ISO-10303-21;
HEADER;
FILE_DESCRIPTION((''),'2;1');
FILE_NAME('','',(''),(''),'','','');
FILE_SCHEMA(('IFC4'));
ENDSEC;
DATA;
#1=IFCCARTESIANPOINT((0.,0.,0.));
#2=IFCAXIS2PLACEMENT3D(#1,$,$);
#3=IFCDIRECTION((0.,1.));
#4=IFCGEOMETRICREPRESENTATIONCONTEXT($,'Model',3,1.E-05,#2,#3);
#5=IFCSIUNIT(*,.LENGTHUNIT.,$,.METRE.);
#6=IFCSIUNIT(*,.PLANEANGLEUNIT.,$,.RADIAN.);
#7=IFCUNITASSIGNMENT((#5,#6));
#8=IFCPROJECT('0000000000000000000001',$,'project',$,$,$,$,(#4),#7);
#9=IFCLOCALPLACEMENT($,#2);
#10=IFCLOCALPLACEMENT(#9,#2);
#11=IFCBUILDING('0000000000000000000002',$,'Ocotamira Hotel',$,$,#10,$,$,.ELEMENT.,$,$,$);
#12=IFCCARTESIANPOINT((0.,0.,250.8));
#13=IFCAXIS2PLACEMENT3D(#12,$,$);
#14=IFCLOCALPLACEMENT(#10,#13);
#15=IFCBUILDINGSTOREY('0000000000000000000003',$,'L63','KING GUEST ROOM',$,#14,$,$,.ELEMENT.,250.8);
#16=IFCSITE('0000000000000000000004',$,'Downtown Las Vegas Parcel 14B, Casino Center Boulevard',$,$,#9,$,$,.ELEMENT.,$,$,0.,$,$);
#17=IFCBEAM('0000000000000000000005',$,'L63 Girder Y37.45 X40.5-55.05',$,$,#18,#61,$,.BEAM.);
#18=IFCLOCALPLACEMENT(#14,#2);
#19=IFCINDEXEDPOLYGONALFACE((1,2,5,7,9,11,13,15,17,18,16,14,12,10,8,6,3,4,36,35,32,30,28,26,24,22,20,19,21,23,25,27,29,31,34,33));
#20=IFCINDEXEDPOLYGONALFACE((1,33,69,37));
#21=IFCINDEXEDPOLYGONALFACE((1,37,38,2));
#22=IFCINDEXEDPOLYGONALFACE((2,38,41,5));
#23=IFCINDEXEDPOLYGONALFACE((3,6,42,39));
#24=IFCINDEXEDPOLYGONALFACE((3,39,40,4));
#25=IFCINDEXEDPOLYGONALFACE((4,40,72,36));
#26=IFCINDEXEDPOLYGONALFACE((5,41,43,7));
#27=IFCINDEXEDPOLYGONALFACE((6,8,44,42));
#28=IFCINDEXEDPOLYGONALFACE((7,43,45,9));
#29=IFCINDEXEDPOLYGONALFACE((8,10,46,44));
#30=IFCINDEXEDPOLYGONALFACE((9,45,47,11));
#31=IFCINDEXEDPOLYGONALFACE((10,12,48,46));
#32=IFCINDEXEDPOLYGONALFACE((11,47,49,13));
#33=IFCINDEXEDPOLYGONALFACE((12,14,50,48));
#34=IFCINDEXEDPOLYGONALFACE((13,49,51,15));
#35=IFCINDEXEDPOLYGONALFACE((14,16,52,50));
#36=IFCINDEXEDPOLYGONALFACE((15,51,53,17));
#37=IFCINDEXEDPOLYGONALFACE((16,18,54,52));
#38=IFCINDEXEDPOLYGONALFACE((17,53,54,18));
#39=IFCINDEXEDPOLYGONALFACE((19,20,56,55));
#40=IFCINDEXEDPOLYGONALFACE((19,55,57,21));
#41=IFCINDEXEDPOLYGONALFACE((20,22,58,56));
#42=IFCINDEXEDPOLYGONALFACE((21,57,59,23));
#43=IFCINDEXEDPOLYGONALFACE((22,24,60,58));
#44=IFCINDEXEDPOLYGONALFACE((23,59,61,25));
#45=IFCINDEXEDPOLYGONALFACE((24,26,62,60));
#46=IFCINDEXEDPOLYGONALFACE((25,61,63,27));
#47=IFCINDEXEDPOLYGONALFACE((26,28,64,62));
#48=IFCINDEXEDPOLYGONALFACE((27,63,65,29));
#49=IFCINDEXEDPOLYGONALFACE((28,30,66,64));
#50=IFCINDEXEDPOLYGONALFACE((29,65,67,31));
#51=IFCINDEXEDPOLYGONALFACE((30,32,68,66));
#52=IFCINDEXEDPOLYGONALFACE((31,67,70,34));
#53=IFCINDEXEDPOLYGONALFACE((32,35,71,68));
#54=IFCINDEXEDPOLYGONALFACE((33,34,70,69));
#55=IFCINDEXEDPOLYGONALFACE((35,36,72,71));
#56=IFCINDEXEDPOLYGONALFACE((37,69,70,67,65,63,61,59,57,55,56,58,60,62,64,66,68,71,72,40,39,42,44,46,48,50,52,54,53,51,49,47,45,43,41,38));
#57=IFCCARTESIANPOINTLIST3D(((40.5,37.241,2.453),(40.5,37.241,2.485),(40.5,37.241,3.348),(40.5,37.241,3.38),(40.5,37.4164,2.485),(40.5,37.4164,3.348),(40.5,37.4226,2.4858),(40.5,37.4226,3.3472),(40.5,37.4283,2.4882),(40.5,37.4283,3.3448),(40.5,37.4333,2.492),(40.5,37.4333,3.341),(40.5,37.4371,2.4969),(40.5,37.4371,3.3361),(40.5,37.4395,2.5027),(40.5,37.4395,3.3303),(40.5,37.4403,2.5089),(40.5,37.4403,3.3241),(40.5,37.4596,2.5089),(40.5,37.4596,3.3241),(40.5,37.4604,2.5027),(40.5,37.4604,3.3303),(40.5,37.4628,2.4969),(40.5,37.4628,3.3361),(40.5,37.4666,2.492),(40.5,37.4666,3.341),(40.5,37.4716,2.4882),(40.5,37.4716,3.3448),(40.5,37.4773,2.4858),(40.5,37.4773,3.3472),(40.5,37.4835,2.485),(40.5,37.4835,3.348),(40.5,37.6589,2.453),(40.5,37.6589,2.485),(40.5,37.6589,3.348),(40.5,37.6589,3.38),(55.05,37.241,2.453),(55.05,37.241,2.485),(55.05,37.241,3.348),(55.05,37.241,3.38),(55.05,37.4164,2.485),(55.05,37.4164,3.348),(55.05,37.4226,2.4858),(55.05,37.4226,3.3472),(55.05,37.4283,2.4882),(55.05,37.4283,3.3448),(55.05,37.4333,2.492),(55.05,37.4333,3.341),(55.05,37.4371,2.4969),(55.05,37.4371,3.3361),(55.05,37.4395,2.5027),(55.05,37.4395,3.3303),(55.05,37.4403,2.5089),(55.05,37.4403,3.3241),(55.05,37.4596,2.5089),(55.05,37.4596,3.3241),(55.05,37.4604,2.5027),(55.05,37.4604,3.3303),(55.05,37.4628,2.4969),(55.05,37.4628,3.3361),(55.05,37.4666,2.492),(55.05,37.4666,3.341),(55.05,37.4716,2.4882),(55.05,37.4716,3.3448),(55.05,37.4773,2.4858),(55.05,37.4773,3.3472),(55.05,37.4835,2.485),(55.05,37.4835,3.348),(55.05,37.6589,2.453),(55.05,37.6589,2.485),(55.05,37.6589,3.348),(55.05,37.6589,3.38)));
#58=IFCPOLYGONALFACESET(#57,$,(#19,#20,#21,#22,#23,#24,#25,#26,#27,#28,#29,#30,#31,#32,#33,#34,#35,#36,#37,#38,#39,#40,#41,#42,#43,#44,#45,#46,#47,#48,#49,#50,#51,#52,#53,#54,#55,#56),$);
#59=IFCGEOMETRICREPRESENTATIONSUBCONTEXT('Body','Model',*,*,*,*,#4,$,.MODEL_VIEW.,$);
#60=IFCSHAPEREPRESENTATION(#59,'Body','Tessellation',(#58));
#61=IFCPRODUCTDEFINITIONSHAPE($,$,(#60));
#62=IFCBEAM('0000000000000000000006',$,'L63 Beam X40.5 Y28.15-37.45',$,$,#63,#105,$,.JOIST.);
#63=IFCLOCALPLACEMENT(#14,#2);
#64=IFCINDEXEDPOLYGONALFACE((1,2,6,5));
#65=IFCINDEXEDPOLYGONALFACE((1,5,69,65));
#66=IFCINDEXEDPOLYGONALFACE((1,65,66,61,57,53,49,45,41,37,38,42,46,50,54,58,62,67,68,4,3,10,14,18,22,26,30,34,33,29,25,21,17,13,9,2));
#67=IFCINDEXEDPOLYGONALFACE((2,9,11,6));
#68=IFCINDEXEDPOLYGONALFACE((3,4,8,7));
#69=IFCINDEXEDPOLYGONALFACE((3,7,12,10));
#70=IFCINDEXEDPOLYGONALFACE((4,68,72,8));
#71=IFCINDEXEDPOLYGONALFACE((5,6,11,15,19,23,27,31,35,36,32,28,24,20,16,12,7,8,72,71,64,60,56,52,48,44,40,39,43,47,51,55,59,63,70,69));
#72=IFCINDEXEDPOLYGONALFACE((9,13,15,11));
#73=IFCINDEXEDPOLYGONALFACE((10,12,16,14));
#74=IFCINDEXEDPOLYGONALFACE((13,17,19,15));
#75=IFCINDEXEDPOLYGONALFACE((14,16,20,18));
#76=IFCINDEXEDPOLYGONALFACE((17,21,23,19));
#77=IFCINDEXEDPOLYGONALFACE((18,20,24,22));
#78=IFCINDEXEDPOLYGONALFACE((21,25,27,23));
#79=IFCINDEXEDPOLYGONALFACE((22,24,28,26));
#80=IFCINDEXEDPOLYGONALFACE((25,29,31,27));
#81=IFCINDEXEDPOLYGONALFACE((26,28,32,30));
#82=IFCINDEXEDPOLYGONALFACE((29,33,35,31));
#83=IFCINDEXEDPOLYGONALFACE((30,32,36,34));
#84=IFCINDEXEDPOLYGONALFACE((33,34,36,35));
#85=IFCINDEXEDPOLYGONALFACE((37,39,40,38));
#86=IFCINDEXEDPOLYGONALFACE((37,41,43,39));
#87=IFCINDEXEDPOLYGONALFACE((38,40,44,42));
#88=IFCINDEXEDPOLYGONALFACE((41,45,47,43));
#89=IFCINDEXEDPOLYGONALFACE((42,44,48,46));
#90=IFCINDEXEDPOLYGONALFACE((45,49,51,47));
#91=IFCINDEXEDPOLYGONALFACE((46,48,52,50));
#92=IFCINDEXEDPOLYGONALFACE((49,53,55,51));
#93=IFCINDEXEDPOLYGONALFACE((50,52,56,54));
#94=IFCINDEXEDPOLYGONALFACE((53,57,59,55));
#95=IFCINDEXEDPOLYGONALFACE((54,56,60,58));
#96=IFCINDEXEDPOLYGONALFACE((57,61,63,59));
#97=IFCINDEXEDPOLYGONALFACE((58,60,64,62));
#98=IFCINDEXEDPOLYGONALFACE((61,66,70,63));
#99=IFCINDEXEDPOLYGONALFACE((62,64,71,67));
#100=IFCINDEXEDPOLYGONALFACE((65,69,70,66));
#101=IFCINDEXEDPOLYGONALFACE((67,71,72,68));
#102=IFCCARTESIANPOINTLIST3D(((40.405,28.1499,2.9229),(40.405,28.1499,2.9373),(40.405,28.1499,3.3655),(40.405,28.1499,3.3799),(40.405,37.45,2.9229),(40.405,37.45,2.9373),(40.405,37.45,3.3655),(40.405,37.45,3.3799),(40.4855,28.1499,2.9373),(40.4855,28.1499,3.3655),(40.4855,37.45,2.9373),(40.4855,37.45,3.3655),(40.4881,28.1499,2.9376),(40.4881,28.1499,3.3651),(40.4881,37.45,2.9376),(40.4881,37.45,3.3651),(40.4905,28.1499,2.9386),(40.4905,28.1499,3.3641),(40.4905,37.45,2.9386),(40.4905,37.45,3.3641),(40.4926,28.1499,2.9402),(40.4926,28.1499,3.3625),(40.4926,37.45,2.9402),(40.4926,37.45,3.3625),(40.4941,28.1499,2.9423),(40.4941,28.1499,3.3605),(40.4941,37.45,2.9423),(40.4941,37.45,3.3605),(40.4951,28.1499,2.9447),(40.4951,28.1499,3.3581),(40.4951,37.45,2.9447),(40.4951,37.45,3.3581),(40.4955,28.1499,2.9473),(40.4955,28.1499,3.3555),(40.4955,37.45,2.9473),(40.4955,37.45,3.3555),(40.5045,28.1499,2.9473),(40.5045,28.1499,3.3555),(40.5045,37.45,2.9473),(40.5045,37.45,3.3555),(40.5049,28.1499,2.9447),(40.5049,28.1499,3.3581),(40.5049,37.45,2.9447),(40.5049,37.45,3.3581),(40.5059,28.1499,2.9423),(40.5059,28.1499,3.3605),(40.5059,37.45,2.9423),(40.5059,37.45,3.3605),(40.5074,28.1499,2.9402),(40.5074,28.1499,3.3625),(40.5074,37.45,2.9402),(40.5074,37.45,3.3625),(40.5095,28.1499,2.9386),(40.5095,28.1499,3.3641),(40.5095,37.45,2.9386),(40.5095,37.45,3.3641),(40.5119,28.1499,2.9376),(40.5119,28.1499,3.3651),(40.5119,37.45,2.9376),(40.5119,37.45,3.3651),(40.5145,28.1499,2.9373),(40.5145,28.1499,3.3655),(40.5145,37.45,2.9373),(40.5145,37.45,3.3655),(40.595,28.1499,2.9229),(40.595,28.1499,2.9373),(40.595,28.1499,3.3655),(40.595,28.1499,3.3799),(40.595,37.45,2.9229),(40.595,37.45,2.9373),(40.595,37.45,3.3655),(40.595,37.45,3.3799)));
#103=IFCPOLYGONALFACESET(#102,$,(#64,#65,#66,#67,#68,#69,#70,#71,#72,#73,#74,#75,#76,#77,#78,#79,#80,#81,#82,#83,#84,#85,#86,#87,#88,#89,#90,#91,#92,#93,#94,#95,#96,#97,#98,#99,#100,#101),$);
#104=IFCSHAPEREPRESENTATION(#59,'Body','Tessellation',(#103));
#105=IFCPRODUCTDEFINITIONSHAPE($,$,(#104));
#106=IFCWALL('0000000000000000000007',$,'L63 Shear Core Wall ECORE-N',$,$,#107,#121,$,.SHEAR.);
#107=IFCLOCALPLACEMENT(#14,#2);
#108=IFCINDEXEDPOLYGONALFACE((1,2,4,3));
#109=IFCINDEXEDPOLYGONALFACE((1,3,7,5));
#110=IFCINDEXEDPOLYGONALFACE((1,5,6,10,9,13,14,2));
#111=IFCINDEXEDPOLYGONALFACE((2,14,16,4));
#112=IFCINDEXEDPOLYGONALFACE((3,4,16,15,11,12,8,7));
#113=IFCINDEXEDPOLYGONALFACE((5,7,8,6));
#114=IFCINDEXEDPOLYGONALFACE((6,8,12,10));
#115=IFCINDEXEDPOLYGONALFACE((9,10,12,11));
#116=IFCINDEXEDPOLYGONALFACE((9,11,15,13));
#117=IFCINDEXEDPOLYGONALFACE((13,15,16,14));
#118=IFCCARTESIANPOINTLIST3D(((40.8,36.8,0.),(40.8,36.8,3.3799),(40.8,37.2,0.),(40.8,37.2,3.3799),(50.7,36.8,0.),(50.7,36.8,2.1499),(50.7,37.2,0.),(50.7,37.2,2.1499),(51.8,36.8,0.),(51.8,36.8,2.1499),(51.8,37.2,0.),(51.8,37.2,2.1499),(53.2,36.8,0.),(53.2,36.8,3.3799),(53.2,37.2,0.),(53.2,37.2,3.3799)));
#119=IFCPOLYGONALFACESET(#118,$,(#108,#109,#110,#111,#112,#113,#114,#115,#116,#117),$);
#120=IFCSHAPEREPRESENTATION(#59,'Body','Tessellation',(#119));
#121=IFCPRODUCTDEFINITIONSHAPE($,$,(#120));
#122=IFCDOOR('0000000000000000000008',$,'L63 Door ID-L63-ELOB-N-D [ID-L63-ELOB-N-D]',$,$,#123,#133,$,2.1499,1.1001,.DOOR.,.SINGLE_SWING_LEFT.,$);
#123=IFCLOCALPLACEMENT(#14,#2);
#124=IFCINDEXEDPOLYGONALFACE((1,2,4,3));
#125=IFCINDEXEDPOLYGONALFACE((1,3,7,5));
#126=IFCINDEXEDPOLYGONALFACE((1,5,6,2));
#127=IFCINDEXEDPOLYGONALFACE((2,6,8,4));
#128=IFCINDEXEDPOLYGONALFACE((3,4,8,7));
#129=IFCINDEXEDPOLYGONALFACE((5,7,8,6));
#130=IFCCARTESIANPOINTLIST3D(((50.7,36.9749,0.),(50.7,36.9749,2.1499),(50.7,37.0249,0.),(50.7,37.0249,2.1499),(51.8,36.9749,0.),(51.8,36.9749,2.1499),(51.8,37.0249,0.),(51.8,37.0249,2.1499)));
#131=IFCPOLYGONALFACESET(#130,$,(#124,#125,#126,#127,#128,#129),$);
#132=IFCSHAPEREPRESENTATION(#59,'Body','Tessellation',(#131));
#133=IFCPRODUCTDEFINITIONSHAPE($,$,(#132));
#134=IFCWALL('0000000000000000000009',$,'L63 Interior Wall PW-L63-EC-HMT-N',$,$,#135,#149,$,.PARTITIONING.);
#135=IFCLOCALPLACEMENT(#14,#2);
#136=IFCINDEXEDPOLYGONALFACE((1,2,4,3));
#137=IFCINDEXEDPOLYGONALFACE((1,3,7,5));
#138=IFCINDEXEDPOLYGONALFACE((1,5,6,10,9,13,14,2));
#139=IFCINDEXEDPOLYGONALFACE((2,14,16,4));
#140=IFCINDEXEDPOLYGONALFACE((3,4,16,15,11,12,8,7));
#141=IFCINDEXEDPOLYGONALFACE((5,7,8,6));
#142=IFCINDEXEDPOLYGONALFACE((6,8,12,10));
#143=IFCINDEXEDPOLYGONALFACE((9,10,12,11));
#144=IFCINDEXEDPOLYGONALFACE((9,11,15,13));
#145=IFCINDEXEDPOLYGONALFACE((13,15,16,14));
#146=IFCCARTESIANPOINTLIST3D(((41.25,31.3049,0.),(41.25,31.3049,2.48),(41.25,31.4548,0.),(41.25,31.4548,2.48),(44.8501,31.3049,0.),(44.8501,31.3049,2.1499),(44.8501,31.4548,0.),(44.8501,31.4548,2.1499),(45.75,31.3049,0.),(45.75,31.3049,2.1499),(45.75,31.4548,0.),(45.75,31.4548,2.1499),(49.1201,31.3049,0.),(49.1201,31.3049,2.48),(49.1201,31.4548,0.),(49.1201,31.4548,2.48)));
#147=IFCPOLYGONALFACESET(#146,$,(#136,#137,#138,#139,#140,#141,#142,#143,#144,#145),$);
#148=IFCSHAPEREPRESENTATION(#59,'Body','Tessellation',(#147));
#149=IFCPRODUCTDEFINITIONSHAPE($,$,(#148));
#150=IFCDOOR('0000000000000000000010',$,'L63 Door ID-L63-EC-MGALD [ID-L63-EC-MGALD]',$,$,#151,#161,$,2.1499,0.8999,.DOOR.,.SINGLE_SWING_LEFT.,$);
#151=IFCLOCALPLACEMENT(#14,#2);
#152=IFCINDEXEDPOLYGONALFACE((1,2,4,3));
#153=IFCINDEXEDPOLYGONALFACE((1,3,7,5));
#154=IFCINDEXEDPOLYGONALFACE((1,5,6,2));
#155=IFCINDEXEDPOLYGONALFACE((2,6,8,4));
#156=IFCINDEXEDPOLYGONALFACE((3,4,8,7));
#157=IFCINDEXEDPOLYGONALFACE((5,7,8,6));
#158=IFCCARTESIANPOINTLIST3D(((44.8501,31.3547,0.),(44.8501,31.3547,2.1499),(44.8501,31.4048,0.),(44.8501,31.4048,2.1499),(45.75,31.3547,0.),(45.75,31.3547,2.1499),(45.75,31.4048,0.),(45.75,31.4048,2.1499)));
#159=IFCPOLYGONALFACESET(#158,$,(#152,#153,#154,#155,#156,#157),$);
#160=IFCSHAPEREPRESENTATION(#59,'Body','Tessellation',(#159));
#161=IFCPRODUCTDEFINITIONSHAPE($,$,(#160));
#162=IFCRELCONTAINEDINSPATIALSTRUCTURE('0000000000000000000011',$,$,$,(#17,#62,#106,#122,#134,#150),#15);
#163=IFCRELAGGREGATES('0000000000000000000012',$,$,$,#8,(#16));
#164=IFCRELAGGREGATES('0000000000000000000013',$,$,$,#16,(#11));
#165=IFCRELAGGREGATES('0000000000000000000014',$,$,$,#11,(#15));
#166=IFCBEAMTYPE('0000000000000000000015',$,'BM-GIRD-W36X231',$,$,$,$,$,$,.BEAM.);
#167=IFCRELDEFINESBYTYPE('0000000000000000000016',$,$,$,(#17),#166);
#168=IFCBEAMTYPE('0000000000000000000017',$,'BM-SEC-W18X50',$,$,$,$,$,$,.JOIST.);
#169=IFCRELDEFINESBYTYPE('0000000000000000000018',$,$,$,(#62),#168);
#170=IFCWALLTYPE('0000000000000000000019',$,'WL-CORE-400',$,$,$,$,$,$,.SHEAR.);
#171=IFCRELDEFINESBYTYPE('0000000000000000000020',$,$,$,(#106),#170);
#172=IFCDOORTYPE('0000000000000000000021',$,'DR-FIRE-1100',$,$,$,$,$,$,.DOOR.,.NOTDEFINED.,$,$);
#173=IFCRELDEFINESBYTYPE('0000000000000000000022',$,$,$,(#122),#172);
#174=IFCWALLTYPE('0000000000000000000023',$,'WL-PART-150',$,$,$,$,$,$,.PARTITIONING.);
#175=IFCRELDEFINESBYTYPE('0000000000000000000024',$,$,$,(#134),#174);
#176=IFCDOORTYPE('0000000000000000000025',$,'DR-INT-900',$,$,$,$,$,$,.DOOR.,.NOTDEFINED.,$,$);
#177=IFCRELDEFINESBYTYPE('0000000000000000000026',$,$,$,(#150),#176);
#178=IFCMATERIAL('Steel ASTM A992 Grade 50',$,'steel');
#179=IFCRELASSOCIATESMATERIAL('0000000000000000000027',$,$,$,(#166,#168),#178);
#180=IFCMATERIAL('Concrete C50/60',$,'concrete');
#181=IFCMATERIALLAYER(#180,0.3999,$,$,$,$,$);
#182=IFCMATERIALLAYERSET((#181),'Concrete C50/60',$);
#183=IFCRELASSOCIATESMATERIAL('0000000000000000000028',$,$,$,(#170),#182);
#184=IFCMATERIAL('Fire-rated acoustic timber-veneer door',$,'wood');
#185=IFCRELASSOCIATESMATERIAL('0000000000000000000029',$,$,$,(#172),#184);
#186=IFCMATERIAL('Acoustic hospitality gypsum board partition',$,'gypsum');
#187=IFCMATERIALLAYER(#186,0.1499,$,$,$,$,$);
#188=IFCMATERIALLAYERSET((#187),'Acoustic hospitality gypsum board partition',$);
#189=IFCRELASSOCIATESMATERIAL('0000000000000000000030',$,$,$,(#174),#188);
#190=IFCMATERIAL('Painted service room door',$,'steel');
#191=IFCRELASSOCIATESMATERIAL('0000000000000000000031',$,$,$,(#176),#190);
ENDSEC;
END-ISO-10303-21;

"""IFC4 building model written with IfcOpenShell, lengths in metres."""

from ifc_helpers import new_model, si_unit, direction, frame, frame_2d, origin, origin_2d, place, context, subcontext, project, spatial, rectangle, i_section, extrude, source, transform, mapped, material, layer, layer_set, material_profile, profile_set, type_object, element, fill, save


model = new_model("IFC4")

# Units and contexts
model_context = context("Model", 3, precision=1e-05, world=origin(), true_north=direction((0.0, 1.0)))
body_context = subcontext(model_context, "Body", "Model", "MODEL_VIEW")
ifc_project = project(units=[si_unit("LENGTHUNIT", "METRE"), si_unit("PLANEANGLEUNIT", "RADIAN")], contexts=[model_context])

# Site, building, storey
site_placement = place(None, origin())
site = spatial("IfcSite", under=ifc_project, at=site_placement, Name="Downtown Las Vegas Parcel 14B, Casino Center Boulevard", CompositionType="ELEMENT", RefElevation=0.0)
building_placement = place(site_placement, origin())
building = spatial("IfcBuilding", under=site, at=building_placement, Name="Ocotamira Hotel", CompositionType="ELEMENT")
storey_placement = place(building_placement, frame((0.0, 0.0, 250.8)))
storey = spatial("IfcBuildingStorey", under=building, at=storey_placement, Name="L63", Description="KING GUEST ROOM", CompositionType="ELEMENT", Elevation=250.8)

# Beams
ifc_material_1 = material(Name="Concrete C50/60", Category="concrete")
ifc_material_2 = material(Name="Steel ASTM A992 Grade 50", Category="steel")
ifc_material_profile_1 = material_profile(ifc_material_2, i_section(OverallWidth=0.418, OverallDepth=0.927, WebThickness=0.0193, FlangeThickness=0.032, FilletRadius=0.0239, at=origin_2d()), Name="W36X231")
ifc_profile_set_1 = profile_set([ifc_material_profile_1], Name="Steel ASTM A992 Grade 50")
beam_type_1 = type_object("IfcBeamType", Name="BM-GIRD-W36X231", PredefinedType="BEAM", material=ifc_profile_set_1)
shared_shape_1 = source(origin(), body_context, "Body", "SweptSolid", [
    extrude(i_section(OverallWidth=0.418, OverallDepth=0.927, WebThickness=0.0193, FlangeThickness=0.032, FilletRadius=0.0239, at=origin_2d()), origin(), (0.0, 0.0, 1.0), 14.55),
])
for number, where, z_axis, x_axis, name in (
    (1, (40.5, 37.45, 2.9165), (1.0, 0.0, 0.0), (0.0, 1.0, 0.0), "L63 Girder Y37.45 X40.5-55.05"),
):
    element("IfcBeam", number, at=place(storey_placement, frame(where, z_axis=z_axis, x_axis=x_axis)), inside=storey, type_object=beam_type_1, Name=name, PredefinedType="BEAM", context=body_context, shape_type="MappedRepresentation", body=[
        mapped(shared_shape_1, transform((0.0, 0.0, 0.0), scale=1.0)),
    ])
ifc_material_profile_2 = material_profile(ifc_material_2, i_section(OverallWidth=0.1899, OverallDepth=0.457, WebThickness=0.009, FlangeThickness=0.0144, FilletRadius=0.01, at=origin_2d()), Name="W18X50")
ifc_profile_set_2 = profile_set([ifc_material_profile_2], Name="Steel ASTM A992 Grade 50")
beam_type_2 = type_object("IfcBeamType", Name="BM-SEC-W18X50", PredefinedType="JOIST", material=ifc_profile_set_2)
shared_shape_2 = source(origin(), body_context, "Body", "SweptSolid", [
    extrude(i_section(OverallWidth=0.1899, OverallDepth=0.457, WebThickness=0.009, FlangeThickness=0.0144, FilletRadius=0.01, at=origin_2d()), origin(), (0.0, 0.0, 1.0), 9.3),
])
beam_1_placement = place(storey_placement, frame((40.5, 28.1499, 3.1514), z_axis=(0.0, 1.0, 0.0), x_axis=(-1.0, 0.0, 0.0)))
element("IfcBeam", 2, at=beam_1_placement, inside=storey, type_object=beam_type_2, Name="L63 Beam X40.5 Y28.15-37.45", PredefinedType="JOIST", context=body_context, shape_type="MappedRepresentation", body=[
    mapped(shared_shape_2, transform((0.0, 0.0, 0.0), scale=1.0)),
])

# Walls, openings, doors
ifc_layer_1 = layer(ifc_material_1, 0.3999)
ifc_layer_set_1 = layer_set([ifc_layer_1], Name="Concrete C50/60")
wall_type_1 = type_object("IfcWallType", Name="WL-CORE-400", PredefinedType="SHEAR", material=ifc_layer_set_1)
wall_1_placement = place(storey_placement, frame((40.8, 37.0, 0.0), z_axis=(0.0, 0.0, 1.0), x_axis=(1.0, 0.0, 0.0)))
wall_1 = element("IfcWall", 3, at=wall_1_placement, inside=storey, type_object=wall_type_1, Name="L63 Shear Core Wall ECORE-N", PredefinedType="SHEAR", context=body_context, shape_type="SweptSolid", body=[
    extrude(rectangle(XDim=12.3999, YDim=0.3999, at=frame_2d((6.2, 0.0))), origin(), (0.0, 0.0, 1.0), 3.3799),
])
opening_1_placement = place(wall_1_placement, frame((9.8999, 0.0, 0.0)))
opening_1 = element("IfcOpeningElement", 4, at=opening_1_placement, cuts=wall_1, PredefinedType="OPENING", context=body_context, shape_type="SweptSolid", body=[
    extrude(rectangle(XDim=1.1001, YDim=2.1499, at=frame_2d((0.55, 1.075))), frame((0.0, 0.21, 0.0), z_axis=(0.0, -1.0, 0.0), x_axis=(1.0, 0.0, 0.0)), (0.0, 0.0, 1.0), 0.4199),
])
ifc_material_3 = material(Name="Fire-rated acoustic timber-veneer door", Category="wood")
door_type_1 = type_object("IfcDoorType", Name="DR-FIRE-1100", OperationType="NOTDEFINED", PredefinedType="DOOR", material=ifc_material_3)
shared_shape_3 = source(origin(), body_context, "Body", "SweptSolid", [
    extrude(rectangle(XDim=1.1001, YDim=2.1499, at=frame_2d((0.55, 1.075))), frame((0.0, 0.0249, 0.0), z_axis=(0.0, -1.0, 0.0), x_axis=(1.0, 0.0, 0.0)), (0.0, 0.0, 1.0), 0.05),
])
door_1_placement = place(opening_1_placement, origin())
door_1 = element("IfcDoor", 5, at=door_1_placement, inside=storey, type_object=door_type_1, Name="L63 Door ID-L63-ELOB-N-D [ID-L63-ELOB-N-D]", OperationType="SINGLE_SWING_LEFT", OverallHeight=2.1499, OverallWidth=1.1001, PredefinedType="DOOR", context=body_context, shape_type="MappedRepresentation", body=[
    mapped(shared_shape_3, transform((0.0, 0.0, 0.0), scale=1.0)),
])
fill(opening_1, door_1)
ifc_material_4 = material(Name="Acoustic hospitality gypsum board partition", Category="gypsum")
ifc_layer_2 = layer(ifc_material_4, 0.1499)
ifc_layer_set_2 = layer_set([ifc_layer_2], Name="Acoustic hospitality gypsum board partition")
wall_type_2 = type_object("IfcWallType", Name="WL-PART-150", PredefinedType="PARTITIONING", material=ifc_layer_set_2)
wall_2_placement = place(storey_placement, frame((41.25, 31.3799, 0.0), z_axis=(0.0, 0.0, 1.0), x_axis=(1.0, 0.0, 0.0)))
wall_2 = element("IfcWall", 6, at=wall_2_placement, inside=storey, type_object=wall_type_2, Name="L63 Interior Wall PW-L63-EC-HMT-N", PredefinedType="PARTITIONING", context=body_context, shape_type="SweptSolid", body=[
    extrude(rectangle(XDim=7.8701, YDim=0.1499, at=frame_2d((3.9351, 0.0))), origin(), (0.0, 0.0, 1.0), 2.48),
])
opening_2_placement = place(wall_2_placement, frame((3.6001, 0.0, 0.0)))
opening_2 = element("IfcOpeningElement", 7, at=opening_2_placement, cuts=wall_2, PredefinedType="OPENING", context=body_context, shape_type="SweptSolid", body=[
    extrude(rectangle(XDim=0.8999, YDim=2.1499, at=frame_2d((0.45, 1.075))), frame((0.0, 0.085, 0.0), z_axis=(0.0, -1.0, 0.0), x_axis=(1.0, 0.0, 0.0)), (0.0, 0.0, 1.0), 0.1699),
])
ifc_material_5 = material(Name="Painted service room door", Category="steel")
door_type_2 = type_object("IfcDoorType", Name="DR-INT-900", OperationType="NOTDEFINED", PredefinedType="DOOR", material=ifc_material_5)
shared_shape_4 = source(origin(), body_context, "Body", "SweptSolid", [
    extrude(rectangle(XDim=0.8999, YDim=2.1499, at=frame_2d((0.45, 1.075))), frame((0.0, 0.0249, 0.0), z_axis=(0.0, -1.0, 0.0), x_axis=(1.0, 0.0, 0.0)), (0.0, 0.0, 1.0), 0.05),
])
door_2_placement = place(opening_2_placement, origin())
door_2 = element("IfcDoor", 8, at=door_2_placement, inside=storey, type_object=door_type_2, Name="L63 Door ID-L63-EC-MGALD [ID-L63-EC-MGALD]", OperationType="SINGLE_SWING_LEFT", OverallHeight=2.1499, OverallWidth=0.8999, PredefinedType="DOOR", context=body_context, shape_type="MappedRepresentation", body=[
    mapped(shared_shape_4, transform((0.0, 0.0, 0.0), scale=1.0)),
])
fill(opening_2, door_2)

save(model, "model.ifc")
